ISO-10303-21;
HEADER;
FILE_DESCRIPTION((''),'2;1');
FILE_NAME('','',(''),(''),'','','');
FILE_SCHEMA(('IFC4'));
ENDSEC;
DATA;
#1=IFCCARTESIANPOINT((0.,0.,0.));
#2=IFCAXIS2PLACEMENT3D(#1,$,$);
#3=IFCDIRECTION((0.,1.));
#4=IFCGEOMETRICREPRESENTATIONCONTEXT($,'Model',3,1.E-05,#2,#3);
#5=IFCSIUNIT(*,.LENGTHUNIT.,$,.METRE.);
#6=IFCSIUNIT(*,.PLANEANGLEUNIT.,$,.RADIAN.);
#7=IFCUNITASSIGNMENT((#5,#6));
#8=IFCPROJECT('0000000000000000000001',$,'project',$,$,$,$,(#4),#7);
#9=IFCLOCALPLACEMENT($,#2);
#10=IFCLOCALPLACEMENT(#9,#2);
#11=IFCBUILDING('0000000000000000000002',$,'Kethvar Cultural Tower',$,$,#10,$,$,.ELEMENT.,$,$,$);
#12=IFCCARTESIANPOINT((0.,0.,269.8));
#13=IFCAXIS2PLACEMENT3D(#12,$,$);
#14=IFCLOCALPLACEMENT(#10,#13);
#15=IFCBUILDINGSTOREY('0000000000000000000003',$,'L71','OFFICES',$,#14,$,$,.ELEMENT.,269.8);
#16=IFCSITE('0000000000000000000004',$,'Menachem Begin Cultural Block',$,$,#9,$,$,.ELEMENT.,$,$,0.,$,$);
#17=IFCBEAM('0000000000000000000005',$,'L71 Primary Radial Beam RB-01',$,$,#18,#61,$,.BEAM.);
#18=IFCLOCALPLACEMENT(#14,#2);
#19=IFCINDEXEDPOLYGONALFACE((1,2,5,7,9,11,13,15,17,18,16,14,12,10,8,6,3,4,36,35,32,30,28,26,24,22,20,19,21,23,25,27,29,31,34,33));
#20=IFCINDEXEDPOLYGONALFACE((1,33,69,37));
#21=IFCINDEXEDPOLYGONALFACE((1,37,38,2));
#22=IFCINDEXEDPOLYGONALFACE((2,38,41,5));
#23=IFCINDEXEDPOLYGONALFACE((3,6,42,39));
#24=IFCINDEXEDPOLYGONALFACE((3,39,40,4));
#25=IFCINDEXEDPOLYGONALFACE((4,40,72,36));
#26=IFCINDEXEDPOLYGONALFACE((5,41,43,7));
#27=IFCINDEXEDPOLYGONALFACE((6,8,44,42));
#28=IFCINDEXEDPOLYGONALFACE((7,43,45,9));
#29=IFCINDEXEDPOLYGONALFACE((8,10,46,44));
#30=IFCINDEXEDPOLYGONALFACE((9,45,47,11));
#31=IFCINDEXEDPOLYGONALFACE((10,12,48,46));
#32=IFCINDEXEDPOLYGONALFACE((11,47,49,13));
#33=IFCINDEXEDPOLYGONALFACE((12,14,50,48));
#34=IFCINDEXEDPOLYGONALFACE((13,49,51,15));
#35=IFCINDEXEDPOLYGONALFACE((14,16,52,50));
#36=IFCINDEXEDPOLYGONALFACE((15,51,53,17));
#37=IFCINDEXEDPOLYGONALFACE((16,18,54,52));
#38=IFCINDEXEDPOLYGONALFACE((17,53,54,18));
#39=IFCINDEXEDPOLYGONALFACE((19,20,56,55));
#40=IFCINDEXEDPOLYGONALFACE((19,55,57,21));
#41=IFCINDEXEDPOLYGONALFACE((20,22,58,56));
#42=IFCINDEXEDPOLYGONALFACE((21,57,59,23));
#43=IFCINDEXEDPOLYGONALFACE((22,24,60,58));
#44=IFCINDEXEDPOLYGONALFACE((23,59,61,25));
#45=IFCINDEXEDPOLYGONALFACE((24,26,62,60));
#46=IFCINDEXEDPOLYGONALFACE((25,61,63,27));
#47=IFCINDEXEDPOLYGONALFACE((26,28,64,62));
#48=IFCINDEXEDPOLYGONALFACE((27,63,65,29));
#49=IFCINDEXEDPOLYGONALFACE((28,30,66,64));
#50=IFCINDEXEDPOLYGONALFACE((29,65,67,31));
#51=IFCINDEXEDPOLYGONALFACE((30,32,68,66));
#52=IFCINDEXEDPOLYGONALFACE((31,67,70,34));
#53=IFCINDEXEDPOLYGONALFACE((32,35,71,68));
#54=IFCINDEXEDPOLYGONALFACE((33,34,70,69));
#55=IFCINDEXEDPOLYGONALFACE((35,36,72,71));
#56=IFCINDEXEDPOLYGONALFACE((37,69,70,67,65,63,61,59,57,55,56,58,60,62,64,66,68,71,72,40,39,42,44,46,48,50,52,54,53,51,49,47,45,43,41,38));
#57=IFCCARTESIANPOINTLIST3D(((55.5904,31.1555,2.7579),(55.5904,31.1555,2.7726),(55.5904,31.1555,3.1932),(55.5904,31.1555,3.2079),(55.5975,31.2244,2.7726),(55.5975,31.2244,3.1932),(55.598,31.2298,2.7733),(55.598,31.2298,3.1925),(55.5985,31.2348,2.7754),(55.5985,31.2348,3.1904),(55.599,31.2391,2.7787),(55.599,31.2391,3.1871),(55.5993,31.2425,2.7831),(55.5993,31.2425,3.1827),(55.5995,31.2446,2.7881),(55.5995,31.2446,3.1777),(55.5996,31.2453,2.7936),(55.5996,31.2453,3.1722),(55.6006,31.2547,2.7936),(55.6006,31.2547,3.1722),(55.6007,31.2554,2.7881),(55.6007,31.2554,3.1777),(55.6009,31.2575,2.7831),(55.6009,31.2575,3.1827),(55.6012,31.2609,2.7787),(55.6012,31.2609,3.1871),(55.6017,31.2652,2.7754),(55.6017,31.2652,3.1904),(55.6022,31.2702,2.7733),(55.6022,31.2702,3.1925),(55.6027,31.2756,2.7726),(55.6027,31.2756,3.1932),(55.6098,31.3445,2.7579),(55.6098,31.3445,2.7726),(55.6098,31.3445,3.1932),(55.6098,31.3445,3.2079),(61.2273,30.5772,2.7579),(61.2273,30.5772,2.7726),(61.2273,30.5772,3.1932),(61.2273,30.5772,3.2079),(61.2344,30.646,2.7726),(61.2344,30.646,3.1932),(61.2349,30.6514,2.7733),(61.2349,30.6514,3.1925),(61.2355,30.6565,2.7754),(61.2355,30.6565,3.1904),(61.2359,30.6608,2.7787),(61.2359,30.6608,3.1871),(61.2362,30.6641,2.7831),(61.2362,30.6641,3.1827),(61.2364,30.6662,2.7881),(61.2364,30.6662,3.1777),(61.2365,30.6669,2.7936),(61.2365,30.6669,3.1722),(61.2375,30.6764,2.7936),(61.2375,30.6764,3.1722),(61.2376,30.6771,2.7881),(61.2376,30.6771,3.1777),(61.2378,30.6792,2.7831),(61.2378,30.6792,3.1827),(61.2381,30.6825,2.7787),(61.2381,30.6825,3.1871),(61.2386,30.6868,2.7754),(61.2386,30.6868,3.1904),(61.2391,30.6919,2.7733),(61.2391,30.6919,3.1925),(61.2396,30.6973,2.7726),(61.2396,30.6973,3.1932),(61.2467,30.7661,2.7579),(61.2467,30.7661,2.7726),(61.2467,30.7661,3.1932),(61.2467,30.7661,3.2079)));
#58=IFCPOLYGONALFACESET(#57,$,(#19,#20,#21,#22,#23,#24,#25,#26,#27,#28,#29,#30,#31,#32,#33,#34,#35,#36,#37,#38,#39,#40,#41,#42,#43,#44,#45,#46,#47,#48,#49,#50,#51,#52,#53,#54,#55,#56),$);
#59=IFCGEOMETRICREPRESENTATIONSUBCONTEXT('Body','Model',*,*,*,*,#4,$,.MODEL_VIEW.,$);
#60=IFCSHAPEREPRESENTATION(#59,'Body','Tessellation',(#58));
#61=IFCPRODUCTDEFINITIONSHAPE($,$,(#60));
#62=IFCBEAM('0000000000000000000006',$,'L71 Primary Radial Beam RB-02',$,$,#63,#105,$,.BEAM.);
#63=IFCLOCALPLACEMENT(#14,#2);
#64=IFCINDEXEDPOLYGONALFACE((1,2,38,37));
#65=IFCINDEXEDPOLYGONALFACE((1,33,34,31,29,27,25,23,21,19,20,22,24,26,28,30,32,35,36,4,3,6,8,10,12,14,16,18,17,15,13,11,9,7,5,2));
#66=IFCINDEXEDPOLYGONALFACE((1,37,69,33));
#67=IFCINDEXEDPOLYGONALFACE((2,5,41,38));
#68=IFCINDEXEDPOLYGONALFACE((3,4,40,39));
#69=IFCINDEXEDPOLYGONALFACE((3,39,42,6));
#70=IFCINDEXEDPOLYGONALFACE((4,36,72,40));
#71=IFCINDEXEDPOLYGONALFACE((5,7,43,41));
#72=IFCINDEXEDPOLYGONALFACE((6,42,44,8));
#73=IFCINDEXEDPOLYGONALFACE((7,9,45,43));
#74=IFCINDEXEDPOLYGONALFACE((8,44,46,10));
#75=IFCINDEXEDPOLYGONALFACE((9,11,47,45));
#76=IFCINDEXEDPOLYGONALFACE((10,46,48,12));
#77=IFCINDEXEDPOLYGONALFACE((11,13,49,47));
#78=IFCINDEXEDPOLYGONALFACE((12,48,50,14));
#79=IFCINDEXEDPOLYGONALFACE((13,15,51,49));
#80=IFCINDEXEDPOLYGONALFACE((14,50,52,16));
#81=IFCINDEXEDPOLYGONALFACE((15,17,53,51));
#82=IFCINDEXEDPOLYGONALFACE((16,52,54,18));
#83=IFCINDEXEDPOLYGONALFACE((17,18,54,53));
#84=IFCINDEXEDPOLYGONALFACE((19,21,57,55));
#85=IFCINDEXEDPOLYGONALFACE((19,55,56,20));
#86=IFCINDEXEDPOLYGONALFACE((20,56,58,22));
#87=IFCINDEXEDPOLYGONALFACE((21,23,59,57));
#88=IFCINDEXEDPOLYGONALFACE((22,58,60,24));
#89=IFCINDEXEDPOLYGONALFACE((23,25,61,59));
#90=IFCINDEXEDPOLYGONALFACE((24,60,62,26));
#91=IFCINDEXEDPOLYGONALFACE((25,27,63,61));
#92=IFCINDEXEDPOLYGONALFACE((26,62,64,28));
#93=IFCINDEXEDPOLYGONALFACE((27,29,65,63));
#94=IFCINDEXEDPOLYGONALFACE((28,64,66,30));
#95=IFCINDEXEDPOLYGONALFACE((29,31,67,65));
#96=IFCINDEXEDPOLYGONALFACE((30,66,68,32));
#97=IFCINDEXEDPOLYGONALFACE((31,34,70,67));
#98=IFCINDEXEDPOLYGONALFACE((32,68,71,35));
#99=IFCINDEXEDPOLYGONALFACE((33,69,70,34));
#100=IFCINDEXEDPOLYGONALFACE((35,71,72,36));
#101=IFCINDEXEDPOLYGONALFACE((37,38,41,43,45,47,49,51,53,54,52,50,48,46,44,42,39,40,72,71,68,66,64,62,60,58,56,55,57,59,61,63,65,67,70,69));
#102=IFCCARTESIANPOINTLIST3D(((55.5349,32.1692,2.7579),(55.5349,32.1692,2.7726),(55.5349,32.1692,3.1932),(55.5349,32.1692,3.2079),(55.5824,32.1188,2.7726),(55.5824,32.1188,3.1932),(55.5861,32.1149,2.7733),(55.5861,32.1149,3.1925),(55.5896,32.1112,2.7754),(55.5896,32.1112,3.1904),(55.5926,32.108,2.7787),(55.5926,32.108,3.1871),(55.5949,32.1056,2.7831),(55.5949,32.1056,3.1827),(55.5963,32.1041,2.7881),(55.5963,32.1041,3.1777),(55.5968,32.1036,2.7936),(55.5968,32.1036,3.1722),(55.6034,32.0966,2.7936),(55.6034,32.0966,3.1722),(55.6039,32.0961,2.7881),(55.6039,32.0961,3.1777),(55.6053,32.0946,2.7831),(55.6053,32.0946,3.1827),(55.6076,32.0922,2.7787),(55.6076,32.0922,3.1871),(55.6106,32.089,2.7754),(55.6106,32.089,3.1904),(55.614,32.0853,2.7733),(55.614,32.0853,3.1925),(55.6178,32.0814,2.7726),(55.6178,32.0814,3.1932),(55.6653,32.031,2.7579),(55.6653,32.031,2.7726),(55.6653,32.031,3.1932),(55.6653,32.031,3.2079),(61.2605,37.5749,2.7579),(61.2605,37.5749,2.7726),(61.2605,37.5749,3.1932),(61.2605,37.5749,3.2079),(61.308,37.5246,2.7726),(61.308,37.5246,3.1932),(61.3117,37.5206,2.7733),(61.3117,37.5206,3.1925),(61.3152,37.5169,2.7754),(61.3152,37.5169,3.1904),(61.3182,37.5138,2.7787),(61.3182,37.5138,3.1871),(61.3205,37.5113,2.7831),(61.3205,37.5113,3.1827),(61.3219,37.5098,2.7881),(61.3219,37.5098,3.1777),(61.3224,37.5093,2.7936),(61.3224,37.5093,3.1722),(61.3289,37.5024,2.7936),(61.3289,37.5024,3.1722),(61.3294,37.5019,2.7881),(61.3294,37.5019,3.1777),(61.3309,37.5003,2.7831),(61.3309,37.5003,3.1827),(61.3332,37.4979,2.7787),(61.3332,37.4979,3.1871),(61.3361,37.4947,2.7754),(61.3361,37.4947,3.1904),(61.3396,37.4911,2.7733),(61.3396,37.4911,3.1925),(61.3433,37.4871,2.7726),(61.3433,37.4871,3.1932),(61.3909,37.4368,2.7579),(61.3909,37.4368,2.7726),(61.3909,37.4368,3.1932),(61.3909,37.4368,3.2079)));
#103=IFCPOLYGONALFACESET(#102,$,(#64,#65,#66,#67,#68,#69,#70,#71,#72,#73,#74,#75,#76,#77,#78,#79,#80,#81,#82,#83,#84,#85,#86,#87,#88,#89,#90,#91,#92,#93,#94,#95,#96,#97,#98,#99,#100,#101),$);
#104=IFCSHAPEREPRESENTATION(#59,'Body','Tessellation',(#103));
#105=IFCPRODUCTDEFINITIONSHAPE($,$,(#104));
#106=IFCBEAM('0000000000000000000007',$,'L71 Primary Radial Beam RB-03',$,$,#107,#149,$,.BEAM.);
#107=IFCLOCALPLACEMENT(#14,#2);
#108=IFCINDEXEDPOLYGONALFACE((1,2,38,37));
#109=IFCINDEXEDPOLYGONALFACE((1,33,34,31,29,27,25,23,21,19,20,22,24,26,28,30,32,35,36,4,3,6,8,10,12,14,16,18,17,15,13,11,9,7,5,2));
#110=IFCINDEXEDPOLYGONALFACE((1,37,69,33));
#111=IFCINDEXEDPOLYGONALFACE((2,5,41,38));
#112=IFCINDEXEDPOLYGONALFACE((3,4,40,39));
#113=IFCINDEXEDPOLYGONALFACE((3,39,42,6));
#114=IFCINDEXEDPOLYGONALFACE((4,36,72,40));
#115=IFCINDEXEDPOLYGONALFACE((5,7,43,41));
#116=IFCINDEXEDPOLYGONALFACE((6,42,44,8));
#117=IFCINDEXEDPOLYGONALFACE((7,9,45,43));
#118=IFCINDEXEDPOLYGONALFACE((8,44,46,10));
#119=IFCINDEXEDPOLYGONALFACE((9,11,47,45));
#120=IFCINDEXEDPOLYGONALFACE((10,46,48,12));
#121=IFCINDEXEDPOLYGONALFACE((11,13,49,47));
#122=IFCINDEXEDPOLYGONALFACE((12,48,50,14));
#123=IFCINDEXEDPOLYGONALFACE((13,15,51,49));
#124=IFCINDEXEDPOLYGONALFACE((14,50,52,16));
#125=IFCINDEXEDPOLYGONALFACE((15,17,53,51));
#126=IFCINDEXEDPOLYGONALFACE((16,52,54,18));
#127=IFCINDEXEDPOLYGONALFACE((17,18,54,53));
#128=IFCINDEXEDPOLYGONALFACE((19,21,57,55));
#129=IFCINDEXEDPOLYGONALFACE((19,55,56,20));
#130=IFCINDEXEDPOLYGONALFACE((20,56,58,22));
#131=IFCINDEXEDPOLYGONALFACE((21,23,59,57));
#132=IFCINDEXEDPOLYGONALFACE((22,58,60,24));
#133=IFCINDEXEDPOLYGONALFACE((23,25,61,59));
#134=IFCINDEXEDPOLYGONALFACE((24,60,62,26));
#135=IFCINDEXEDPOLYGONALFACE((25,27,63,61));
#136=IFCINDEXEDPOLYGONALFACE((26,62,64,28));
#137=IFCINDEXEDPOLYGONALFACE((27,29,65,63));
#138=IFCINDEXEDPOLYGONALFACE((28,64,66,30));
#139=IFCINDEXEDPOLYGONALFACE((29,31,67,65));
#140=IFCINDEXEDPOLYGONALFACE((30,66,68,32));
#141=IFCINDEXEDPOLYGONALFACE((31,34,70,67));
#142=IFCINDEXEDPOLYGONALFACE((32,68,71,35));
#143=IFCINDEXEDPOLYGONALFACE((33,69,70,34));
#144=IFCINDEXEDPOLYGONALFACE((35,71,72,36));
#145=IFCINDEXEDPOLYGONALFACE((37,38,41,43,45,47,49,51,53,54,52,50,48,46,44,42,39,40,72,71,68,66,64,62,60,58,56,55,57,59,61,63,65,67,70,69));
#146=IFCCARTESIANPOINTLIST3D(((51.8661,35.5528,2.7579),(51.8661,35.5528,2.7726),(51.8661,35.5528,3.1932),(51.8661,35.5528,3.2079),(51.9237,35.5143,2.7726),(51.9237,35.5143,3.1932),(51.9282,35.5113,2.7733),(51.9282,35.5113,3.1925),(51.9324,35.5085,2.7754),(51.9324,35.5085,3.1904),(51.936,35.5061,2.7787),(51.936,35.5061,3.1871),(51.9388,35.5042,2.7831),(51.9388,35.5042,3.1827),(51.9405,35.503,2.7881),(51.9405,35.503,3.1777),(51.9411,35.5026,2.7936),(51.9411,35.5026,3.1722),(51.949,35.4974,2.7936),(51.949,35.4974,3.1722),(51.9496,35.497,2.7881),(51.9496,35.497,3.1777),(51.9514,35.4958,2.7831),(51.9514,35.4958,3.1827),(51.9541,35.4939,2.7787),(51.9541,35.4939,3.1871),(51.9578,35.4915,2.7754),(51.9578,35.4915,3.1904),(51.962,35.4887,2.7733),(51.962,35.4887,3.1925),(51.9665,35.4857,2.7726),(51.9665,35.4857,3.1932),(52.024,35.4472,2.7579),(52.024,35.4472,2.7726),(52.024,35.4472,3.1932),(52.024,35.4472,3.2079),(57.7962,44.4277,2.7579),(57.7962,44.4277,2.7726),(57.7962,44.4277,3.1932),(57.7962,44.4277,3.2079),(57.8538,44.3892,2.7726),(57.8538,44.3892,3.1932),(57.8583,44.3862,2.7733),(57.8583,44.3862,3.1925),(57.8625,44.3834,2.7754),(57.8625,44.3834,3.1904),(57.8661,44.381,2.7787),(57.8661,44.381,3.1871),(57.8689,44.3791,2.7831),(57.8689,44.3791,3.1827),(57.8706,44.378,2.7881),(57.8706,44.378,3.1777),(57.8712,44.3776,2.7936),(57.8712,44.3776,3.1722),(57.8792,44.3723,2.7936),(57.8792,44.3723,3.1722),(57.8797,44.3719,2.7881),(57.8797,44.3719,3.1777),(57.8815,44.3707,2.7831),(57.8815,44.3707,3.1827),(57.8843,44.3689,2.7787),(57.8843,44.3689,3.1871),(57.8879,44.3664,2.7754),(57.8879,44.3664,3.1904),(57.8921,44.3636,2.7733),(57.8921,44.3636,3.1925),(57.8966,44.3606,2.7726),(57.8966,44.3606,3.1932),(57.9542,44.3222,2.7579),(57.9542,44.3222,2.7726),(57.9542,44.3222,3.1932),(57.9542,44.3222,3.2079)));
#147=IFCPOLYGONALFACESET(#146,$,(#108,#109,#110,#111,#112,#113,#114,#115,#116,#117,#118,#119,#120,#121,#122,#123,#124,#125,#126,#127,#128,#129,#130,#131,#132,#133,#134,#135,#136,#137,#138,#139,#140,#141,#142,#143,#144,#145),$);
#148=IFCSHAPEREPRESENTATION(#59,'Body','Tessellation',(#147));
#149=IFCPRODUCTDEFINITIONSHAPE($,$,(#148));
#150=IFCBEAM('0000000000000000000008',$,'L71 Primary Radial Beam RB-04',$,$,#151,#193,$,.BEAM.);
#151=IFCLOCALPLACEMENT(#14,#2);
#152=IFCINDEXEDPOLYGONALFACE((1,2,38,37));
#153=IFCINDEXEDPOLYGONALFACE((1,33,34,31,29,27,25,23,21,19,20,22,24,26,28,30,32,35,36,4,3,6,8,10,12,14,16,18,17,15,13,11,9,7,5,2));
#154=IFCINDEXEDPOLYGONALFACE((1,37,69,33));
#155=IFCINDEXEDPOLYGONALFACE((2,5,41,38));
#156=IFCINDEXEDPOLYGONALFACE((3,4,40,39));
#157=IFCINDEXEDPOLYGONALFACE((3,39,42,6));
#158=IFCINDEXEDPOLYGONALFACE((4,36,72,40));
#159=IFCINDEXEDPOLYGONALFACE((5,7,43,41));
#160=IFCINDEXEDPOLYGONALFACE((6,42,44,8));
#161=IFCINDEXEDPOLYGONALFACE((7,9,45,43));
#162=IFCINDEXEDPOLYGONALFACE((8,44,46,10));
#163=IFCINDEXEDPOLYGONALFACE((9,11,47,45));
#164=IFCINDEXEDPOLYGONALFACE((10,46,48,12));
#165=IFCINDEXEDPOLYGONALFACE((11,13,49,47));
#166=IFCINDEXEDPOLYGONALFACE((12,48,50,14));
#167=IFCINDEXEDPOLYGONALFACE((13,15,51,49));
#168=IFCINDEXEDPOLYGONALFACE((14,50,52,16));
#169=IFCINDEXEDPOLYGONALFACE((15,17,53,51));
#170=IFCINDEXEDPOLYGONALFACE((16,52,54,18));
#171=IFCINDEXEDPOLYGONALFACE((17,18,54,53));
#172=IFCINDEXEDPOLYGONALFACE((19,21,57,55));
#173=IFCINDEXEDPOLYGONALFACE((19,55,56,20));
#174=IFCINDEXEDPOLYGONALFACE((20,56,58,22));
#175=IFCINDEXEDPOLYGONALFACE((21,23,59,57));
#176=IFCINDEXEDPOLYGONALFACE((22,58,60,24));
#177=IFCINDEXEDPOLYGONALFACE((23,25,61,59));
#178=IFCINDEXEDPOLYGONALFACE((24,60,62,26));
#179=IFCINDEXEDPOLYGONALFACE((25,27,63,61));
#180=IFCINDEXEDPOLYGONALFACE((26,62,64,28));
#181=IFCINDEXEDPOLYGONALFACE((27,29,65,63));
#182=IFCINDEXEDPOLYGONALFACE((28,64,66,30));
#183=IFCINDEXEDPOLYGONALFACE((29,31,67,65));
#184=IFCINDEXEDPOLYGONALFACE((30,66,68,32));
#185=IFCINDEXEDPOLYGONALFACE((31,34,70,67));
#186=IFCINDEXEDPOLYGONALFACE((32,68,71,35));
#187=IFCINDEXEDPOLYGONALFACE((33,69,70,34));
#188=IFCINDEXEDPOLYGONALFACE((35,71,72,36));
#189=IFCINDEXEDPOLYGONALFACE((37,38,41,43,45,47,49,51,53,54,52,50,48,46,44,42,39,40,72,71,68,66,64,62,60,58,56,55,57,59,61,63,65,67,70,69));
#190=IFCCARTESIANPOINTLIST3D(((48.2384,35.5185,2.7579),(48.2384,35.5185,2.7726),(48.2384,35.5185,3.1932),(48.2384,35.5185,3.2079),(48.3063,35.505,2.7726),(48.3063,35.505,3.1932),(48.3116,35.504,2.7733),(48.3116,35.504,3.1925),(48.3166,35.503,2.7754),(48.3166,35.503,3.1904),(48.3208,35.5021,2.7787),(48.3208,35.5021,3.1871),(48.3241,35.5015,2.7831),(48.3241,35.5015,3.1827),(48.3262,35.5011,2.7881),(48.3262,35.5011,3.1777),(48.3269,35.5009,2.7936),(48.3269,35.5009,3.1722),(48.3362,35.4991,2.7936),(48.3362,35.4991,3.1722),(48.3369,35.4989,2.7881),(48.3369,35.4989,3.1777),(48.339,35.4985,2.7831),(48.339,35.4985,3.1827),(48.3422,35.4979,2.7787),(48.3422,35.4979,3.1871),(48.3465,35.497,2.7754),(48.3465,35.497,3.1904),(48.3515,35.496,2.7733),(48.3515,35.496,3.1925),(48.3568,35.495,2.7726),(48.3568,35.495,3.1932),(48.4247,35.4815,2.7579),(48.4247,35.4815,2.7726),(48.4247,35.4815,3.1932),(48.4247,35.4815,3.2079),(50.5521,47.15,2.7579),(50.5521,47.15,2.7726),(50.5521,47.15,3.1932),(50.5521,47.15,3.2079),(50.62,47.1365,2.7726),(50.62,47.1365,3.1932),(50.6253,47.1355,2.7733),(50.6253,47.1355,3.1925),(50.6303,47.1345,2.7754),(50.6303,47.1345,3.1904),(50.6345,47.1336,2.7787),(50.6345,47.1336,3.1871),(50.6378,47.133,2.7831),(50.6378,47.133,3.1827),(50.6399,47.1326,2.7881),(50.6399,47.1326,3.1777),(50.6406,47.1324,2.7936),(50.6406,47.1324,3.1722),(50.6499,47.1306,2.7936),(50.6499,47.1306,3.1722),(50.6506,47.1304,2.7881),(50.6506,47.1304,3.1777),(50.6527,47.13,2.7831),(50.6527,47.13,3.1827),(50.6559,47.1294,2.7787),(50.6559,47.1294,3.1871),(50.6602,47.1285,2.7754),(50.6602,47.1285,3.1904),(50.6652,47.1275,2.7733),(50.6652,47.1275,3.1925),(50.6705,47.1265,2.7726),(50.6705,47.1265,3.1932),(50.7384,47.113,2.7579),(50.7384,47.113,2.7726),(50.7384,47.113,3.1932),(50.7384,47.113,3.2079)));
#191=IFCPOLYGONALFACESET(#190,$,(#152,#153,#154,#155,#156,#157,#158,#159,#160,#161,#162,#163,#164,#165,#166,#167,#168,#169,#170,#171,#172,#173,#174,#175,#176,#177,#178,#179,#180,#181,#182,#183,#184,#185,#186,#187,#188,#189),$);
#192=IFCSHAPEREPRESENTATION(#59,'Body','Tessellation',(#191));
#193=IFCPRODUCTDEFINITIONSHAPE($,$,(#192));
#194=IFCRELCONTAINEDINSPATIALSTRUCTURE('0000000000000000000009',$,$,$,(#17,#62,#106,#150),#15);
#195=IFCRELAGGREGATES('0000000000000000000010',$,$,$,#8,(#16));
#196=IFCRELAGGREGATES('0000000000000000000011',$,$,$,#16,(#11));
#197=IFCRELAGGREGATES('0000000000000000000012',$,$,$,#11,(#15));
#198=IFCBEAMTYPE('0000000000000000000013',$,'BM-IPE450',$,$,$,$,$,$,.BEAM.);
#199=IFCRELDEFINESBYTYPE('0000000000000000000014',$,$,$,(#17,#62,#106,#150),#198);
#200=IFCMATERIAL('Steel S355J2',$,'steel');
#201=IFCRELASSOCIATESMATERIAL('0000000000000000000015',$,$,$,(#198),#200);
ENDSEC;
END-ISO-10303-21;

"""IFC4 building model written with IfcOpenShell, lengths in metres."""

from ifc_helpers import new_model, si_unit, direction, frame, origin, origin_2d, place, context, subcontext, project, spatial, i_section, extrude, source, transform, mapped, material, material_profile, profile_set, type_object, element, save


model = new_model("IFC4")

# Units and contexts
model_context = context("Model", 3, precision=1e-05, world=origin(), true_north=direction((0.0, 1.0)))
body_context = subcontext(model_context, "Body", "Model", "MODEL_VIEW")
ifc_project = project(units=[si_unit("LENGTHUNIT", "METRE"), si_unit("PLANEANGLEUNIT", "RADIAN")], contexts=[model_context])

# Site, building, storey
site_placement = place(None, origin())
site = spatial("IfcSite", under=ifc_project, at=site_placement, Name="Menachem Begin Cultural Block", CompositionType="ELEMENT", RefElevation=0.0)
building_placement = place(site_placement, origin())
building = spatial("IfcBuilding", under=site, at=building_placement, Name="Kethvar Cultural Tower", CompositionType="ELEMENT")
storey_placement = place(building_placement, frame((0.0, 0.0, 269.8)))
storey = spatial("IfcBuildingStorey", under=building, at=storey_placement, Name="L71", Description="OFFICES", CompositionType="ELEMENT", Elevation=269.8)

# Beams
ifc_material_1 = material(Name="Steel S355J2", Category="steel")
ifc_material_profile_1 = material_profile(ifc_material_1, i_section(OverallWidth=0.1899, OverallDepth=0.45, WebThickness=0.0095, FlangeThickness=0.0146, FilletRadius=0.021, at=origin_2d()), Name="Steel S355J2 — IPE450")
ifc_profile_set_1 = profile_set([ifc_material_profile_1], Name="Steel S355J2 — IPE450")
beam_type_1 = type_object("IfcBeamType", Name="BM-IPE450", PredefinedType="BEAM", material=ifc_profile_set_1)
shared_shape_1 = source(origin(), body_context, "Body", "SweptSolid", [
    extrude(i_section(OverallWidth=0.1899, OverallDepth=0.45, WebThickness=0.0095, FlangeThickness=0.0146, FilletRadius=0.021, at=origin_2d()), origin(), (0.0, 0.0, 1.0), 5.6665),
])
beam_1_placement = place(storey_placement, frame((55.6001, 31.25, 2.9829), z_axis=(0.994778, -0.102067, 0.0), x_axis=(0.102067, 0.994778, 0.0)))
element("IfcBeam", 1, at=beam_1_placement, inside=storey, type_object=beam_type_1, Name="L71 Primary Radial Beam RB-01", PredefinedType="BEAM", context=body_context, shape_type="MappedRepresentation", body=[
    mapped(shared_shape_1, transform((0.0, 0.0, 0.0), scale=1.0)),
])
shared_shape_2 = source(origin(), body_context, "Body", "SweptSolid", [
    extrude(i_section(OverallWidth=0.1899, OverallDepth=0.45, WebThickness=0.0095, FlangeThickness=0.0146, FilletRadius=0.021, at=origin_2d()), origin(), (0.0, 0.0, 1.0), 7.8743),
])
beam_2_placement = place(storey_placement, frame((55.6001, 32.1001, 2.9829), z_axis=(0.727123, 0.686507, 0.0), x_axis=(-0.686507, 0.727123, 0.0)))
element("IfcBeam", 2, at=beam_2_placement, inside=storey, type_object=beam_type_1, Name="L71 Primary Radial Beam RB-02", PredefinedType="BEAM", context=body_context, shape_type="MappedRepresentation", body=[
    mapped(shared_shape_2, transform((0.0, 0.0, 0.0), scale=1.0)),
])
shared_shape_3 = source(origin(), body_context, "Body", "SweptSolid", [
    extrude(i_section(OverallWidth=0.1899, OverallDepth=0.45, WebThickness=0.0095, FlangeThickness=0.0146, FilletRadius=0.021, at=origin_2d()), origin(), (0.0, 0.0, 1.0), 10.6738),
])
beam_3_placement = place(storey_placement, frame((51.9451, 35.5, 2.9829), z_axis=(0.555576, 0.831466, 0.0), x_axis=(-0.831466, 0.555576, 0.0)))
element("IfcBeam", 3, at=beam_3_placement, inside=storey, type_object=beam_type_1, Name="L71 Primary Radial Beam RB-03", PredefinedType="BEAM", context=body_context, shape_type="MappedRepresentation", body=[
    mapped(shared_shape_3, transform((0.0, 0.0, 0.0), scale=1.0)),
])
shared_shape_4 = source(origin(), body_context, "Body", "SweptSolid", [
    extrude(i_section(OverallWidth=0.1899, OverallDepth=0.45, WebThickness=0.0095, FlangeThickness=0.0146, FilletRadius=0.021, at=origin_2d()), origin(), (0.0, 0.0, 1.0), 11.8594),
])
beam_4_placement = place(storey_placement, frame((48.3315, 35.5, 2.9829), z_axis=(0.195095, 0.980784, 0.0), x_axis=(-0.980784, 0.195095, 0.0)))
element("IfcBeam", 4, at=beam_4_placement, inside=storey, type_object=beam_type_1, Name="L71 Primary Radial Beam RB-04", PredefinedType="BEAM", context=body_context, shape_type="MappedRepresentation", body=[
    mapped(shared_shape_4, transform((0.0, 0.0, 0.0), scale=1.0)),
])

save(model, "model.ifc")
